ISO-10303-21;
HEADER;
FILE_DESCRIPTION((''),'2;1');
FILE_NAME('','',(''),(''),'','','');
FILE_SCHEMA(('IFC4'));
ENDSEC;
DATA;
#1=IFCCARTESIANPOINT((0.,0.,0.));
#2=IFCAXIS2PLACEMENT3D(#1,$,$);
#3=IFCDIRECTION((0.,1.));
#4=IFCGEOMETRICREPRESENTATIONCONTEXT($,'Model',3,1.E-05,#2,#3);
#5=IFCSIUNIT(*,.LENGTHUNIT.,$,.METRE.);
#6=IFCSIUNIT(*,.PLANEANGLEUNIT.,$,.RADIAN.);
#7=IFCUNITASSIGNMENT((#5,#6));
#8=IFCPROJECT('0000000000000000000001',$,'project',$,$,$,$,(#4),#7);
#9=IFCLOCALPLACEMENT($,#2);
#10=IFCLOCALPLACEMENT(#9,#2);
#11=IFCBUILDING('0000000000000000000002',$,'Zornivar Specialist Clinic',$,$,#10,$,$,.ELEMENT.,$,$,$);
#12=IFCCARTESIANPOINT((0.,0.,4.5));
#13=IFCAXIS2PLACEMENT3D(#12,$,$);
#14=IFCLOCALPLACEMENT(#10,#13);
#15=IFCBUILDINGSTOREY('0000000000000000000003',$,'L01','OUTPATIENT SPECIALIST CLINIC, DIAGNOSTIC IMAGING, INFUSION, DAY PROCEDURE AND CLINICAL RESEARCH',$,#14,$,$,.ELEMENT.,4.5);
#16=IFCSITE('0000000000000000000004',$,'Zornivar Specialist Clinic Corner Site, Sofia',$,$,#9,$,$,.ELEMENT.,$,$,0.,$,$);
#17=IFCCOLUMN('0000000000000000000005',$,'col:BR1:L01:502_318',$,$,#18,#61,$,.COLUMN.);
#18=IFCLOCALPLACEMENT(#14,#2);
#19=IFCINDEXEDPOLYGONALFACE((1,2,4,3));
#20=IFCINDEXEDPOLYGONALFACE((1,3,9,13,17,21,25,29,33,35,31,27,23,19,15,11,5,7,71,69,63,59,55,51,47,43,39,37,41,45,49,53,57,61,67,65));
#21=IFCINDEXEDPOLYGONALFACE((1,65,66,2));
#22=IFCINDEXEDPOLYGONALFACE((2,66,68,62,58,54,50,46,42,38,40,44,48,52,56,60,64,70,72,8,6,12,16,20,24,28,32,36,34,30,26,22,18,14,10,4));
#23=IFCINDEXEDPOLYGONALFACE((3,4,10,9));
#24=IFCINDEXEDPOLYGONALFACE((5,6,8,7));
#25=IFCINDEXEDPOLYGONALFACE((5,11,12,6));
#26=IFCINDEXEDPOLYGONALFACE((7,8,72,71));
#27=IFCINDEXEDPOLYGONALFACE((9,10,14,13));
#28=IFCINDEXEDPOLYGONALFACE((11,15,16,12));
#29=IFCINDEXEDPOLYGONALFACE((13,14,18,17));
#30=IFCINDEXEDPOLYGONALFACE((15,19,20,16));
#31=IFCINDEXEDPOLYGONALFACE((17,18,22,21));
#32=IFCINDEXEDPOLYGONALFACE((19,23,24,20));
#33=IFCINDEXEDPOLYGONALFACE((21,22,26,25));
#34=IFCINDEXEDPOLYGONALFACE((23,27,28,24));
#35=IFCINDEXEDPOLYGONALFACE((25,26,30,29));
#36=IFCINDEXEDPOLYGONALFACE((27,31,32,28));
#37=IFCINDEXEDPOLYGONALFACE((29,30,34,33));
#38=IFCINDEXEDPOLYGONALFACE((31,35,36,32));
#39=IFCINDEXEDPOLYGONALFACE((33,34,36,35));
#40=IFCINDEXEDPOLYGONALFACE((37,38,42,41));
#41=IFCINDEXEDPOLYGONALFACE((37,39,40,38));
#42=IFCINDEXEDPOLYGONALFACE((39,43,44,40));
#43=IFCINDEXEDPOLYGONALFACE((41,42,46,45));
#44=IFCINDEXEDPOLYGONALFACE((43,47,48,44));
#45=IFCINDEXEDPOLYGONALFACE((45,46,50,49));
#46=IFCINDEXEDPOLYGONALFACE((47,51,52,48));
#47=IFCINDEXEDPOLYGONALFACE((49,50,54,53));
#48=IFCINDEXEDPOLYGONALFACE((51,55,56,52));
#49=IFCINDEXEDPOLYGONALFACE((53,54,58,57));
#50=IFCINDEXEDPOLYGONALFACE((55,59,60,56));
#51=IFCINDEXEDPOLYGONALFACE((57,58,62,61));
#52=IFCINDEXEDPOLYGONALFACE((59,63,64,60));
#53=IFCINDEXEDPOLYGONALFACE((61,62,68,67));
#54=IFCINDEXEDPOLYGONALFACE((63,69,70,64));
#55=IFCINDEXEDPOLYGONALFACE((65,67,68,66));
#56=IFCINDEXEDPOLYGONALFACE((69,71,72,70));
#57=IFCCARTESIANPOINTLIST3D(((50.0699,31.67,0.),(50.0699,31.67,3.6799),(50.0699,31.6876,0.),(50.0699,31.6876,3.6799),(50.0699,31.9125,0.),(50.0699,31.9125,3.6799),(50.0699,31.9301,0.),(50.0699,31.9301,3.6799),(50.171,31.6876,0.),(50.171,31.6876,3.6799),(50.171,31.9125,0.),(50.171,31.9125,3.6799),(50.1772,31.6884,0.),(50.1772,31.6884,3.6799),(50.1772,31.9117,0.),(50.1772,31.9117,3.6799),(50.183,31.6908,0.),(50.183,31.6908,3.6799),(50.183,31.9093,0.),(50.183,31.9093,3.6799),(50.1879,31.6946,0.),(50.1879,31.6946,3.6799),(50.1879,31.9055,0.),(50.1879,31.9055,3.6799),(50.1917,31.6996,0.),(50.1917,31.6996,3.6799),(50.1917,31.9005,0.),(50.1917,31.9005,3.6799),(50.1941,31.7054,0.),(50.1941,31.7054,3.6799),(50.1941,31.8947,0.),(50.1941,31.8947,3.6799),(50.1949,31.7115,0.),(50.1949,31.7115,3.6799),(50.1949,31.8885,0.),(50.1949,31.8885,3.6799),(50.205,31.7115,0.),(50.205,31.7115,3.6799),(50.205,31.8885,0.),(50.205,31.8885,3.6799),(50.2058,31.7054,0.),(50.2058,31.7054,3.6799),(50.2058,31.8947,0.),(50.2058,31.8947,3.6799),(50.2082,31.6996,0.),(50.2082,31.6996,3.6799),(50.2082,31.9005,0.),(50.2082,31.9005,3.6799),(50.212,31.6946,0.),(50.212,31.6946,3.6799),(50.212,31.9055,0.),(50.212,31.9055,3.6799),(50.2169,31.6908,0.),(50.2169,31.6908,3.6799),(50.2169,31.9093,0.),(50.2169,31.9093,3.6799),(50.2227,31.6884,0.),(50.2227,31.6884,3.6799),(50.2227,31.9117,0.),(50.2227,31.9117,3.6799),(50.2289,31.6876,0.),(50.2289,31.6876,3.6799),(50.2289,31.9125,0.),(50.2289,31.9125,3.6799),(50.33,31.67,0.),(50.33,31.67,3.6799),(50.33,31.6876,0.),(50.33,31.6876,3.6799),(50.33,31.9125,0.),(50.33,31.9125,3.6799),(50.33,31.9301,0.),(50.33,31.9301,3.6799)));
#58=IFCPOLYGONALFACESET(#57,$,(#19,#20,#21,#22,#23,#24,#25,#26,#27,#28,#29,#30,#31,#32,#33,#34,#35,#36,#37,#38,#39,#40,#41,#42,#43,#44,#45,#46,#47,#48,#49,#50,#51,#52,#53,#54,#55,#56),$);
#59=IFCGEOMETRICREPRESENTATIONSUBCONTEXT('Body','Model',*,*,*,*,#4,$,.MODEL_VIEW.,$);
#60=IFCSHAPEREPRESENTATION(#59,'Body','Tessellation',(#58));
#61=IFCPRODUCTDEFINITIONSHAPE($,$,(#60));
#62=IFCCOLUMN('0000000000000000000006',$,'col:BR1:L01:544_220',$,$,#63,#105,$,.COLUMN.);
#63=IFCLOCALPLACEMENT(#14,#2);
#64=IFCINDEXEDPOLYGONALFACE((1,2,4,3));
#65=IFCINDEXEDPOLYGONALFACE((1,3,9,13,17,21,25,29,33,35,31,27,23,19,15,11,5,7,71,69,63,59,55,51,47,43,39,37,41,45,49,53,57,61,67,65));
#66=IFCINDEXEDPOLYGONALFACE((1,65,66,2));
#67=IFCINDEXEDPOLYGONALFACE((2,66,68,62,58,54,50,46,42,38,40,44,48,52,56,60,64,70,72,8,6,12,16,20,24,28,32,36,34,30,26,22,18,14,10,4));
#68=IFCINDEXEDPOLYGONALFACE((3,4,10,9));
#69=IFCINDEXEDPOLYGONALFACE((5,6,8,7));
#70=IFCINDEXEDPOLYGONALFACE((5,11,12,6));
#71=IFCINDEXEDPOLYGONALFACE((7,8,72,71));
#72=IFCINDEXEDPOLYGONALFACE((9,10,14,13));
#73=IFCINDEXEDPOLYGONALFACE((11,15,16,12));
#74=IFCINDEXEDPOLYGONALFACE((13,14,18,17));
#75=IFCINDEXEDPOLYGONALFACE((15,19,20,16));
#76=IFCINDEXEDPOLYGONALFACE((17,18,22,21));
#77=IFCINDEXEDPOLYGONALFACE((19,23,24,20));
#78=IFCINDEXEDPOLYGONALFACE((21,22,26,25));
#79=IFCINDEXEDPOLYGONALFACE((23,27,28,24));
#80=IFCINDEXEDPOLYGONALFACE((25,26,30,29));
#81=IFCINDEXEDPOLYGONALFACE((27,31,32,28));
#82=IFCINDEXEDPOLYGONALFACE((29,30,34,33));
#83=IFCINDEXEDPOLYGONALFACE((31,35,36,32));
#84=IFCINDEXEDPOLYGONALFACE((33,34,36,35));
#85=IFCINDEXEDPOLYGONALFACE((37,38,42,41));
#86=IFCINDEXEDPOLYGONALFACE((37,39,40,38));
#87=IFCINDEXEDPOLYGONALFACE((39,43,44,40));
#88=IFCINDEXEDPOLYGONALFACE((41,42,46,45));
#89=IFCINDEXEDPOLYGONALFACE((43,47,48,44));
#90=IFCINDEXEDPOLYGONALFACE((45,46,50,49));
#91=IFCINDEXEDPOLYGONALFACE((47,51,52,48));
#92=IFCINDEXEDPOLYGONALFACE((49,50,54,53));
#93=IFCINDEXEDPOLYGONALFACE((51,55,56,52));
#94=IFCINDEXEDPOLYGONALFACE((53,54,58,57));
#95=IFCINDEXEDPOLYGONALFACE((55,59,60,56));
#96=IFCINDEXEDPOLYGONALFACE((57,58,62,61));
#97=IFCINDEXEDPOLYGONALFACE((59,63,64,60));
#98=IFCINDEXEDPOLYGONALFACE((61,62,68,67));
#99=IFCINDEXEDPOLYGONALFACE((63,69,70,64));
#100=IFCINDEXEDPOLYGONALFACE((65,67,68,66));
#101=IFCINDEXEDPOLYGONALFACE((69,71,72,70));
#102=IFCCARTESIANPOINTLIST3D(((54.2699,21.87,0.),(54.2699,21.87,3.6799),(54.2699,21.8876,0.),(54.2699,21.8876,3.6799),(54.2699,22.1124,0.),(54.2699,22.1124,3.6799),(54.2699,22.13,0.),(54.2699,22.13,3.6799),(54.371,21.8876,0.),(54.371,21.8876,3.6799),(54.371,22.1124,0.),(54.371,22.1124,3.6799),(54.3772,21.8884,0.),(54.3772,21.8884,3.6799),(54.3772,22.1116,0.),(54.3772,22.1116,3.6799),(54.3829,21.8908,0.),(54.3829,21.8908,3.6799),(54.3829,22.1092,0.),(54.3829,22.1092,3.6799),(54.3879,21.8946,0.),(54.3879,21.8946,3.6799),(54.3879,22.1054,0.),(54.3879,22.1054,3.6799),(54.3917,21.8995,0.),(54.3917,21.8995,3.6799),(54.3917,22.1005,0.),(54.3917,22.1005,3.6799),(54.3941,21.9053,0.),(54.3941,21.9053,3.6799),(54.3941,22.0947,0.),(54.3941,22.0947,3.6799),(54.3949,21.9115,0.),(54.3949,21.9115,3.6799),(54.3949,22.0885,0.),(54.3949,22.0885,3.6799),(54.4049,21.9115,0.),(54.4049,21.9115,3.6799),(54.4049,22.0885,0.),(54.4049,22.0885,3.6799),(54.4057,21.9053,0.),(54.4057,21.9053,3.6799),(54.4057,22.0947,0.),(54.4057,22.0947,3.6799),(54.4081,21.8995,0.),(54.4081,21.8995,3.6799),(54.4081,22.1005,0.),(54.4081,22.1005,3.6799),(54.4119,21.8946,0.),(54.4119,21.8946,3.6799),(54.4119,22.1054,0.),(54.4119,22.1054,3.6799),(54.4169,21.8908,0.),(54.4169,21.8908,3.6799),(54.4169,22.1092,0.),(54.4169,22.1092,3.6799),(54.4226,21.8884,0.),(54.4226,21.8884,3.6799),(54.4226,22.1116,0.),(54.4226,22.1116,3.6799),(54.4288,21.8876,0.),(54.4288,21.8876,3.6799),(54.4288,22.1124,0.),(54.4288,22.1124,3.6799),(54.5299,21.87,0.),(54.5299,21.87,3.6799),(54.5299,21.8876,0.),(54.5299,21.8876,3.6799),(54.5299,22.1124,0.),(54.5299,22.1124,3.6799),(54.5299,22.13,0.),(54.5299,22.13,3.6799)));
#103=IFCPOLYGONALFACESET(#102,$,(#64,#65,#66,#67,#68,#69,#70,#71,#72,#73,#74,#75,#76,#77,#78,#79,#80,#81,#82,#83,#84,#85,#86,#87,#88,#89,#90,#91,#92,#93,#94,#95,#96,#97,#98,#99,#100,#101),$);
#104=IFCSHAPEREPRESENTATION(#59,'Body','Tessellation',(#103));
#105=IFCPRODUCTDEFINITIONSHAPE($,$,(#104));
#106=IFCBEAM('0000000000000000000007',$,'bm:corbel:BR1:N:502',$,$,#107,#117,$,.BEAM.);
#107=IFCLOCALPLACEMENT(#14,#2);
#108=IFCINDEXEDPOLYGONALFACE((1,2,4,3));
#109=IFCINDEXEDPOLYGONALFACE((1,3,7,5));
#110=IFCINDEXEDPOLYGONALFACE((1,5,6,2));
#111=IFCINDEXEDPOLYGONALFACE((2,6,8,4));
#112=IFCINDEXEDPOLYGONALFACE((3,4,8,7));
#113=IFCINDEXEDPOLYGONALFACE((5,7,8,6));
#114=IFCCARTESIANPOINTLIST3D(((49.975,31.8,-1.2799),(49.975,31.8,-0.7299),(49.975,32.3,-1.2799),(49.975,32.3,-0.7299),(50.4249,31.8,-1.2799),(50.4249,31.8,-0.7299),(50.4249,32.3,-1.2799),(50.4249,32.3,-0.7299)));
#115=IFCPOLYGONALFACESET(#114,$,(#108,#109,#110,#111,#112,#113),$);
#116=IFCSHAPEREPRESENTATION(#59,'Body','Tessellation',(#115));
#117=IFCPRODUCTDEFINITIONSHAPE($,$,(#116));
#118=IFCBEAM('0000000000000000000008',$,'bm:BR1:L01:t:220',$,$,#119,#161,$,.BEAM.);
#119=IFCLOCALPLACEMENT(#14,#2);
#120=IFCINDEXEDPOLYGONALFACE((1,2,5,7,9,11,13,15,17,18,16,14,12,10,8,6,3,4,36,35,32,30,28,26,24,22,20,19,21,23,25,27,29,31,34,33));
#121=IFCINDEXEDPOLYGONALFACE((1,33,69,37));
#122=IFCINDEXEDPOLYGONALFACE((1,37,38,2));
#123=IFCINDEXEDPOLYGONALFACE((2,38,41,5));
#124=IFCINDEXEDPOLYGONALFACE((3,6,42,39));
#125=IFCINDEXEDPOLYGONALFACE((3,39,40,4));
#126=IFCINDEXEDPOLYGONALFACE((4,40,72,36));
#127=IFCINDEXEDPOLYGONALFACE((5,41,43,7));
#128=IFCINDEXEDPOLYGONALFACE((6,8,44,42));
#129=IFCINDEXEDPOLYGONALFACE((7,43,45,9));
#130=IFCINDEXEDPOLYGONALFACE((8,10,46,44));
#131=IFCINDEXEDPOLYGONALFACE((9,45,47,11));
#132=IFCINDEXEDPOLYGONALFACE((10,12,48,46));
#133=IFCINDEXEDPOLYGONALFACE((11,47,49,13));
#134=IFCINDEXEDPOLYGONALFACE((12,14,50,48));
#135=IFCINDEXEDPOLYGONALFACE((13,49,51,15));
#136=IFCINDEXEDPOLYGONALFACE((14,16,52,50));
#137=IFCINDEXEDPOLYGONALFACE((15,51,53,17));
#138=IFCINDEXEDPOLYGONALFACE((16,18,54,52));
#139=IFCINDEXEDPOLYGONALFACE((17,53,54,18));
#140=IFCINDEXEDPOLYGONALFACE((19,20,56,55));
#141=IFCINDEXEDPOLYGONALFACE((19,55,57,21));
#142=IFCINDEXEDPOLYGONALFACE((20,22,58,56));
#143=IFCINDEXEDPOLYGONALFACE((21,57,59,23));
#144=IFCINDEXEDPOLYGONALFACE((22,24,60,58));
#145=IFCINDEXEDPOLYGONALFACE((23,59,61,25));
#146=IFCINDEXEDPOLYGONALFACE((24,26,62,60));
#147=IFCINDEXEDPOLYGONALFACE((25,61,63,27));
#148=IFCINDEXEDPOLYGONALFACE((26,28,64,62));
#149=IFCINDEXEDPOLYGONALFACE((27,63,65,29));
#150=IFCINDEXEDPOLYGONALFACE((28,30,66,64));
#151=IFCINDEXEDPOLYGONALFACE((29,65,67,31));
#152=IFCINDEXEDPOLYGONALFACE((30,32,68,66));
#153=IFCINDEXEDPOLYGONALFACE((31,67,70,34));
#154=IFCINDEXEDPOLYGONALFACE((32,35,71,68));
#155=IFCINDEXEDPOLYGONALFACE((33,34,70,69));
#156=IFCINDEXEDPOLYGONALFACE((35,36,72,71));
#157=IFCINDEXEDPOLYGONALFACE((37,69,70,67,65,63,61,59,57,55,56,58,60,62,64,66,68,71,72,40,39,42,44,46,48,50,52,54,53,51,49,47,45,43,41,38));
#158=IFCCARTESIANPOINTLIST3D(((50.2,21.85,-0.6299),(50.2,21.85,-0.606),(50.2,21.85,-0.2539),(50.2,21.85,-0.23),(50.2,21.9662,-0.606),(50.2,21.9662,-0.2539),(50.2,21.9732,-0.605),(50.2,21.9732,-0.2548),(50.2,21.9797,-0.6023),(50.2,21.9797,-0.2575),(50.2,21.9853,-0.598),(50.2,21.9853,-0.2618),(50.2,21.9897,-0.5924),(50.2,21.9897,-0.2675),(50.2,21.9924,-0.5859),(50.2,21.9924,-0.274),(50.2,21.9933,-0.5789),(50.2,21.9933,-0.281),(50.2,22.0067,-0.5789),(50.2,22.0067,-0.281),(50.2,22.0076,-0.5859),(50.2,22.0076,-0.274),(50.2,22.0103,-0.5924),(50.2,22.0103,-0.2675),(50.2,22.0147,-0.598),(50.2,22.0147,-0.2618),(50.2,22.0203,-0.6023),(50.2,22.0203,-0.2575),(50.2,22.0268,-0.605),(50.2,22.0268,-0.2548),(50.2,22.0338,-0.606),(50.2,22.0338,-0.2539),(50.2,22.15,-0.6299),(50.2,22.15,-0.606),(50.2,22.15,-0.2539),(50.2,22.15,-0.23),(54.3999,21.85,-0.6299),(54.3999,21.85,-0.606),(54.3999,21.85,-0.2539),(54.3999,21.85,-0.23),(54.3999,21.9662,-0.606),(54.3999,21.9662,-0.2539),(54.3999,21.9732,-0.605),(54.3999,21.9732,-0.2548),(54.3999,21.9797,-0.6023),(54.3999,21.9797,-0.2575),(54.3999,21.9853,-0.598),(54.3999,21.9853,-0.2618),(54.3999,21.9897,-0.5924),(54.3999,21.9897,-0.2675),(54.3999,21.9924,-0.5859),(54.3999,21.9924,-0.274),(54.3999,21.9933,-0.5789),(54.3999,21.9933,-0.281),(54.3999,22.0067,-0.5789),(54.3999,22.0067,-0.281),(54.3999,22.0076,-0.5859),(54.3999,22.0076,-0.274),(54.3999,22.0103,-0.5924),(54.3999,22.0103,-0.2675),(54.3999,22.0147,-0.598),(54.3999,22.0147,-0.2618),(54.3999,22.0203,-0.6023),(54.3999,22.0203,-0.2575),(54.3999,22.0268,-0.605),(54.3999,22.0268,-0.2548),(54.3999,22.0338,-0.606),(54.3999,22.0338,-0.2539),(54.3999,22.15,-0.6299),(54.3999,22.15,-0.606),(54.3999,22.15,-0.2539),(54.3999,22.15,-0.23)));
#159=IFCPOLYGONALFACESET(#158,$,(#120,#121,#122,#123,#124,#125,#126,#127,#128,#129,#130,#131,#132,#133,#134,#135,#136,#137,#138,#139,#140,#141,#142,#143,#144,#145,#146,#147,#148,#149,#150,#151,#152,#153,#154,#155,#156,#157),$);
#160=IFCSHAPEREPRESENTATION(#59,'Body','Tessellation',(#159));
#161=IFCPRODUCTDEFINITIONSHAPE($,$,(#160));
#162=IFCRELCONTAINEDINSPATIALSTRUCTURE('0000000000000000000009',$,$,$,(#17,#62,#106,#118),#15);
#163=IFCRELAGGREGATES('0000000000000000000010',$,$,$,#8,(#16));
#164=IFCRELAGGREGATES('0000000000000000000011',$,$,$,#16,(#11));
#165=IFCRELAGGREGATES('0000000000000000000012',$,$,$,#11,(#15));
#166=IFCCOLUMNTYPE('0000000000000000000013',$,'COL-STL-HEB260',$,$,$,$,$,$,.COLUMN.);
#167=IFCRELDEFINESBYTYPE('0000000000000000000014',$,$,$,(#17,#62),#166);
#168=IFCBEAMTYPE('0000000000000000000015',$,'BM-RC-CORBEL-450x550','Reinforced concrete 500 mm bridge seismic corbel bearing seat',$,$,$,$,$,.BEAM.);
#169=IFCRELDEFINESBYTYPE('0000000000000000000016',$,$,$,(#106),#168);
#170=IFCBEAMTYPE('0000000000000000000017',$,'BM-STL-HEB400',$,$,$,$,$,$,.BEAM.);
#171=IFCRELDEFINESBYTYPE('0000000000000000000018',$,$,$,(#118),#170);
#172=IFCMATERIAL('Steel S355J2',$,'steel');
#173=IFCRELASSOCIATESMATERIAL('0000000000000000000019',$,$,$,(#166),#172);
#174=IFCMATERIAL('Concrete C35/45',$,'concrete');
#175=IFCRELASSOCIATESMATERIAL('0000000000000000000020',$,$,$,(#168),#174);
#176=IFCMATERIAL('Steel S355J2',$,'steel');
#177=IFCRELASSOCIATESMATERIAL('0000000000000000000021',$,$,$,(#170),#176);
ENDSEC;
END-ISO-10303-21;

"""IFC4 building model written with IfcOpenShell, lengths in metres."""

from ifc_helpers import new_model, si_unit, direction, frame, origin, origin_2d, place, context, subcontext, project, spatial, rectangle, i_section, extrude, material, material_profile, profile_set, type_object, element, save


model = new_model("IFC4")

# Units and contexts
model_context = context("Model", 3, precision=1e-05, world=origin(), true_north=direction((0.0, 1.0)))
body_context = subcontext(model_context, "Body", "Model", "MODEL_VIEW")
ifc_project = project(units=[si_unit("LENGTHUNIT", "METRE"), si_unit("PLANEANGLEUNIT", "RADIAN")], contexts=[model_context])

# Site, building, storey
site_placement = place(None, origin())
site = spatial("IfcSite", under=ifc_project, at=site_placement, Name="Zornivar Specialist Clinic Corner Site, Sofia", CompositionType="ELEMENT", RefElevation=0.0)
building_placement = place(site_placement, origin())
building = spatial("IfcBuilding", under=site, at=building_placement, Name="Zornivar Specialist Clinic", CompositionType="ELEMENT")
storey_placement = place(building_placement, frame((0.0, 0.0, 4.5)))
storey = spatial("IfcBuildingStorey", under=building, at=storey_placement, Name="L01", Description="OUTPATIENT SPECIALIST CLINIC, DIAGNOSTIC IMAGING, INFUSION, DAY PROCEDURE AND CLINICAL RESEARCH", CompositionType="ELEMENT", Elevation=4.5)

# Columns
ifc_material_1 = material(Name="Steel S355J2", Category="steel")
ifc_material_profile_1 = material_profile(ifc_material_1, i_section(OverallWidth=0.26, OverallDepth=0.26, WebThickness=0.01, FlangeThickness=0.0176, FilletRadius=0.0239, at=origin_2d()), Name="HEB 260")
ifc_profile_set_1 = profile_set([ifc_material_profile_1], Name="Steel S355J2")
column_type = type_object("IfcColumnType", Name="COL-STL-HEB260", PredefinedType="COLUMN", material=ifc_profile_set_1)
for number, where, z_axis, x_axis, name in (
    (1, (50.2, 31.8, 0.0), (0.0, 0.0, 1.0), (1.0, 0.0, 0.0), "col:BR1:L01:502_318"),
    (2, (54.3999, 22.0, 0.0), (0.0, 0.0, 1.0), (1.0, 0.0, 0.0), "col:BR1:L01:544_220"),
):
    element("IfcColumn", number, at=place(storey_placement, frame(where, z_axis=z_axis, x_axis=x_axis)), inside=storey, type_object=column_type, Name=name, PredefinedType="COLUMN", context=body_context, shape_type="SweptSolid", body=[
        extrude(i_section(OverallWidth=0.26, OverallDepth=0.26, WebThickness=0.01, FlangeThickness=0.0176, FilletRadius=0.0239, at=origin_2d()), origin(), (0.0, 0.0, 1.0), 3.6799),
    ])

# Beams
ifc_material_2 = material(Name="Concrete C35/45", Category="concrete")
ifc_material_profile_2 = material_profile(ifc_material_2, rectangle(XDim=0.45, YDim=0.55, at=origin_2d()), Name="RC 450x550")
ifc_profile_set_2 = profile_set([ifc_material_profile_2], Name="Concrete C35/45")
beam_type_1 = type_object("IfcBeamType", Name="BM-RC-CORBEL-450x550", Description="Reinforced concrete 500 mm bridge seismic corbel bearing seat", PredefinedType="BEAM", material=ifc_profile_set_2)
beam_1_placement = place(storey_placement, frame((50.2, 31.8, -1.0049), z_axis=(0.0, 1.0, 0.0), x_axis=(-1.0, 0.0, 0.0)))
element("IfcBeam", 3, at=beam_1_placement, inside=storey, type_object=beam_type_1, Name="bm:corbel:BR1:N:502", PredefinedType="BEAM", context=body_context, shape_type="SweptSolid", body=[
    extrude(rectangle(XDim=0.45, YDim=0.55, at=origin_2d()), origin(), (0.0, 0.0, 1.0), 0.5),
])
ifc_material_3 = material(Name="Steel S355J2", Category="steel")
ifc_material_profile_3 = material_profile(ifc_material_3, i_section(OverallWidth=0.3, OverallDepth=0.3999, WebThickness=0.0134, FlangeThickness=0.0239, FilletRadius=0.0271, at=origin_2d()), Name="HEB 400")
ifc_profile_set_3 = profile_set([ifc_material_profile_3], Name="Steel S355J2")
beam_type_2 = type_object("IfcBeamType", Name="BM-STL-HEB400", PredefinedType="BEAM", material=ifc_profile_set_3)
for number, where, z_axis, x_axis, name in (
    (4, (50.2, 22.0, -0.4299), (1.0, 0.0, 0.0), (0.0, 1.0, 0.0), "bm:BR1:L01:t:220"),
):
    element("IfcBeam", number, at=place(storey_placement, frame(where, z_axis=z_axis, x_axis=x_axis)), inside=storey, type_object=beam_type_2, Name=name, PredefinedType="BEAM", context=body_context, shape_type="SweptSolid", body=[
        extrude(i_section(OverallWidth=0.3, OverallDepth=0.3999, WebThickness=0.0134, FlangeThickness=0.0239, FilletRadius=0.0271, at=origin_2d()), origin(), (0.0, 0.0, 1.0), 4.2),
    ])

save(model, "model.ifc")
